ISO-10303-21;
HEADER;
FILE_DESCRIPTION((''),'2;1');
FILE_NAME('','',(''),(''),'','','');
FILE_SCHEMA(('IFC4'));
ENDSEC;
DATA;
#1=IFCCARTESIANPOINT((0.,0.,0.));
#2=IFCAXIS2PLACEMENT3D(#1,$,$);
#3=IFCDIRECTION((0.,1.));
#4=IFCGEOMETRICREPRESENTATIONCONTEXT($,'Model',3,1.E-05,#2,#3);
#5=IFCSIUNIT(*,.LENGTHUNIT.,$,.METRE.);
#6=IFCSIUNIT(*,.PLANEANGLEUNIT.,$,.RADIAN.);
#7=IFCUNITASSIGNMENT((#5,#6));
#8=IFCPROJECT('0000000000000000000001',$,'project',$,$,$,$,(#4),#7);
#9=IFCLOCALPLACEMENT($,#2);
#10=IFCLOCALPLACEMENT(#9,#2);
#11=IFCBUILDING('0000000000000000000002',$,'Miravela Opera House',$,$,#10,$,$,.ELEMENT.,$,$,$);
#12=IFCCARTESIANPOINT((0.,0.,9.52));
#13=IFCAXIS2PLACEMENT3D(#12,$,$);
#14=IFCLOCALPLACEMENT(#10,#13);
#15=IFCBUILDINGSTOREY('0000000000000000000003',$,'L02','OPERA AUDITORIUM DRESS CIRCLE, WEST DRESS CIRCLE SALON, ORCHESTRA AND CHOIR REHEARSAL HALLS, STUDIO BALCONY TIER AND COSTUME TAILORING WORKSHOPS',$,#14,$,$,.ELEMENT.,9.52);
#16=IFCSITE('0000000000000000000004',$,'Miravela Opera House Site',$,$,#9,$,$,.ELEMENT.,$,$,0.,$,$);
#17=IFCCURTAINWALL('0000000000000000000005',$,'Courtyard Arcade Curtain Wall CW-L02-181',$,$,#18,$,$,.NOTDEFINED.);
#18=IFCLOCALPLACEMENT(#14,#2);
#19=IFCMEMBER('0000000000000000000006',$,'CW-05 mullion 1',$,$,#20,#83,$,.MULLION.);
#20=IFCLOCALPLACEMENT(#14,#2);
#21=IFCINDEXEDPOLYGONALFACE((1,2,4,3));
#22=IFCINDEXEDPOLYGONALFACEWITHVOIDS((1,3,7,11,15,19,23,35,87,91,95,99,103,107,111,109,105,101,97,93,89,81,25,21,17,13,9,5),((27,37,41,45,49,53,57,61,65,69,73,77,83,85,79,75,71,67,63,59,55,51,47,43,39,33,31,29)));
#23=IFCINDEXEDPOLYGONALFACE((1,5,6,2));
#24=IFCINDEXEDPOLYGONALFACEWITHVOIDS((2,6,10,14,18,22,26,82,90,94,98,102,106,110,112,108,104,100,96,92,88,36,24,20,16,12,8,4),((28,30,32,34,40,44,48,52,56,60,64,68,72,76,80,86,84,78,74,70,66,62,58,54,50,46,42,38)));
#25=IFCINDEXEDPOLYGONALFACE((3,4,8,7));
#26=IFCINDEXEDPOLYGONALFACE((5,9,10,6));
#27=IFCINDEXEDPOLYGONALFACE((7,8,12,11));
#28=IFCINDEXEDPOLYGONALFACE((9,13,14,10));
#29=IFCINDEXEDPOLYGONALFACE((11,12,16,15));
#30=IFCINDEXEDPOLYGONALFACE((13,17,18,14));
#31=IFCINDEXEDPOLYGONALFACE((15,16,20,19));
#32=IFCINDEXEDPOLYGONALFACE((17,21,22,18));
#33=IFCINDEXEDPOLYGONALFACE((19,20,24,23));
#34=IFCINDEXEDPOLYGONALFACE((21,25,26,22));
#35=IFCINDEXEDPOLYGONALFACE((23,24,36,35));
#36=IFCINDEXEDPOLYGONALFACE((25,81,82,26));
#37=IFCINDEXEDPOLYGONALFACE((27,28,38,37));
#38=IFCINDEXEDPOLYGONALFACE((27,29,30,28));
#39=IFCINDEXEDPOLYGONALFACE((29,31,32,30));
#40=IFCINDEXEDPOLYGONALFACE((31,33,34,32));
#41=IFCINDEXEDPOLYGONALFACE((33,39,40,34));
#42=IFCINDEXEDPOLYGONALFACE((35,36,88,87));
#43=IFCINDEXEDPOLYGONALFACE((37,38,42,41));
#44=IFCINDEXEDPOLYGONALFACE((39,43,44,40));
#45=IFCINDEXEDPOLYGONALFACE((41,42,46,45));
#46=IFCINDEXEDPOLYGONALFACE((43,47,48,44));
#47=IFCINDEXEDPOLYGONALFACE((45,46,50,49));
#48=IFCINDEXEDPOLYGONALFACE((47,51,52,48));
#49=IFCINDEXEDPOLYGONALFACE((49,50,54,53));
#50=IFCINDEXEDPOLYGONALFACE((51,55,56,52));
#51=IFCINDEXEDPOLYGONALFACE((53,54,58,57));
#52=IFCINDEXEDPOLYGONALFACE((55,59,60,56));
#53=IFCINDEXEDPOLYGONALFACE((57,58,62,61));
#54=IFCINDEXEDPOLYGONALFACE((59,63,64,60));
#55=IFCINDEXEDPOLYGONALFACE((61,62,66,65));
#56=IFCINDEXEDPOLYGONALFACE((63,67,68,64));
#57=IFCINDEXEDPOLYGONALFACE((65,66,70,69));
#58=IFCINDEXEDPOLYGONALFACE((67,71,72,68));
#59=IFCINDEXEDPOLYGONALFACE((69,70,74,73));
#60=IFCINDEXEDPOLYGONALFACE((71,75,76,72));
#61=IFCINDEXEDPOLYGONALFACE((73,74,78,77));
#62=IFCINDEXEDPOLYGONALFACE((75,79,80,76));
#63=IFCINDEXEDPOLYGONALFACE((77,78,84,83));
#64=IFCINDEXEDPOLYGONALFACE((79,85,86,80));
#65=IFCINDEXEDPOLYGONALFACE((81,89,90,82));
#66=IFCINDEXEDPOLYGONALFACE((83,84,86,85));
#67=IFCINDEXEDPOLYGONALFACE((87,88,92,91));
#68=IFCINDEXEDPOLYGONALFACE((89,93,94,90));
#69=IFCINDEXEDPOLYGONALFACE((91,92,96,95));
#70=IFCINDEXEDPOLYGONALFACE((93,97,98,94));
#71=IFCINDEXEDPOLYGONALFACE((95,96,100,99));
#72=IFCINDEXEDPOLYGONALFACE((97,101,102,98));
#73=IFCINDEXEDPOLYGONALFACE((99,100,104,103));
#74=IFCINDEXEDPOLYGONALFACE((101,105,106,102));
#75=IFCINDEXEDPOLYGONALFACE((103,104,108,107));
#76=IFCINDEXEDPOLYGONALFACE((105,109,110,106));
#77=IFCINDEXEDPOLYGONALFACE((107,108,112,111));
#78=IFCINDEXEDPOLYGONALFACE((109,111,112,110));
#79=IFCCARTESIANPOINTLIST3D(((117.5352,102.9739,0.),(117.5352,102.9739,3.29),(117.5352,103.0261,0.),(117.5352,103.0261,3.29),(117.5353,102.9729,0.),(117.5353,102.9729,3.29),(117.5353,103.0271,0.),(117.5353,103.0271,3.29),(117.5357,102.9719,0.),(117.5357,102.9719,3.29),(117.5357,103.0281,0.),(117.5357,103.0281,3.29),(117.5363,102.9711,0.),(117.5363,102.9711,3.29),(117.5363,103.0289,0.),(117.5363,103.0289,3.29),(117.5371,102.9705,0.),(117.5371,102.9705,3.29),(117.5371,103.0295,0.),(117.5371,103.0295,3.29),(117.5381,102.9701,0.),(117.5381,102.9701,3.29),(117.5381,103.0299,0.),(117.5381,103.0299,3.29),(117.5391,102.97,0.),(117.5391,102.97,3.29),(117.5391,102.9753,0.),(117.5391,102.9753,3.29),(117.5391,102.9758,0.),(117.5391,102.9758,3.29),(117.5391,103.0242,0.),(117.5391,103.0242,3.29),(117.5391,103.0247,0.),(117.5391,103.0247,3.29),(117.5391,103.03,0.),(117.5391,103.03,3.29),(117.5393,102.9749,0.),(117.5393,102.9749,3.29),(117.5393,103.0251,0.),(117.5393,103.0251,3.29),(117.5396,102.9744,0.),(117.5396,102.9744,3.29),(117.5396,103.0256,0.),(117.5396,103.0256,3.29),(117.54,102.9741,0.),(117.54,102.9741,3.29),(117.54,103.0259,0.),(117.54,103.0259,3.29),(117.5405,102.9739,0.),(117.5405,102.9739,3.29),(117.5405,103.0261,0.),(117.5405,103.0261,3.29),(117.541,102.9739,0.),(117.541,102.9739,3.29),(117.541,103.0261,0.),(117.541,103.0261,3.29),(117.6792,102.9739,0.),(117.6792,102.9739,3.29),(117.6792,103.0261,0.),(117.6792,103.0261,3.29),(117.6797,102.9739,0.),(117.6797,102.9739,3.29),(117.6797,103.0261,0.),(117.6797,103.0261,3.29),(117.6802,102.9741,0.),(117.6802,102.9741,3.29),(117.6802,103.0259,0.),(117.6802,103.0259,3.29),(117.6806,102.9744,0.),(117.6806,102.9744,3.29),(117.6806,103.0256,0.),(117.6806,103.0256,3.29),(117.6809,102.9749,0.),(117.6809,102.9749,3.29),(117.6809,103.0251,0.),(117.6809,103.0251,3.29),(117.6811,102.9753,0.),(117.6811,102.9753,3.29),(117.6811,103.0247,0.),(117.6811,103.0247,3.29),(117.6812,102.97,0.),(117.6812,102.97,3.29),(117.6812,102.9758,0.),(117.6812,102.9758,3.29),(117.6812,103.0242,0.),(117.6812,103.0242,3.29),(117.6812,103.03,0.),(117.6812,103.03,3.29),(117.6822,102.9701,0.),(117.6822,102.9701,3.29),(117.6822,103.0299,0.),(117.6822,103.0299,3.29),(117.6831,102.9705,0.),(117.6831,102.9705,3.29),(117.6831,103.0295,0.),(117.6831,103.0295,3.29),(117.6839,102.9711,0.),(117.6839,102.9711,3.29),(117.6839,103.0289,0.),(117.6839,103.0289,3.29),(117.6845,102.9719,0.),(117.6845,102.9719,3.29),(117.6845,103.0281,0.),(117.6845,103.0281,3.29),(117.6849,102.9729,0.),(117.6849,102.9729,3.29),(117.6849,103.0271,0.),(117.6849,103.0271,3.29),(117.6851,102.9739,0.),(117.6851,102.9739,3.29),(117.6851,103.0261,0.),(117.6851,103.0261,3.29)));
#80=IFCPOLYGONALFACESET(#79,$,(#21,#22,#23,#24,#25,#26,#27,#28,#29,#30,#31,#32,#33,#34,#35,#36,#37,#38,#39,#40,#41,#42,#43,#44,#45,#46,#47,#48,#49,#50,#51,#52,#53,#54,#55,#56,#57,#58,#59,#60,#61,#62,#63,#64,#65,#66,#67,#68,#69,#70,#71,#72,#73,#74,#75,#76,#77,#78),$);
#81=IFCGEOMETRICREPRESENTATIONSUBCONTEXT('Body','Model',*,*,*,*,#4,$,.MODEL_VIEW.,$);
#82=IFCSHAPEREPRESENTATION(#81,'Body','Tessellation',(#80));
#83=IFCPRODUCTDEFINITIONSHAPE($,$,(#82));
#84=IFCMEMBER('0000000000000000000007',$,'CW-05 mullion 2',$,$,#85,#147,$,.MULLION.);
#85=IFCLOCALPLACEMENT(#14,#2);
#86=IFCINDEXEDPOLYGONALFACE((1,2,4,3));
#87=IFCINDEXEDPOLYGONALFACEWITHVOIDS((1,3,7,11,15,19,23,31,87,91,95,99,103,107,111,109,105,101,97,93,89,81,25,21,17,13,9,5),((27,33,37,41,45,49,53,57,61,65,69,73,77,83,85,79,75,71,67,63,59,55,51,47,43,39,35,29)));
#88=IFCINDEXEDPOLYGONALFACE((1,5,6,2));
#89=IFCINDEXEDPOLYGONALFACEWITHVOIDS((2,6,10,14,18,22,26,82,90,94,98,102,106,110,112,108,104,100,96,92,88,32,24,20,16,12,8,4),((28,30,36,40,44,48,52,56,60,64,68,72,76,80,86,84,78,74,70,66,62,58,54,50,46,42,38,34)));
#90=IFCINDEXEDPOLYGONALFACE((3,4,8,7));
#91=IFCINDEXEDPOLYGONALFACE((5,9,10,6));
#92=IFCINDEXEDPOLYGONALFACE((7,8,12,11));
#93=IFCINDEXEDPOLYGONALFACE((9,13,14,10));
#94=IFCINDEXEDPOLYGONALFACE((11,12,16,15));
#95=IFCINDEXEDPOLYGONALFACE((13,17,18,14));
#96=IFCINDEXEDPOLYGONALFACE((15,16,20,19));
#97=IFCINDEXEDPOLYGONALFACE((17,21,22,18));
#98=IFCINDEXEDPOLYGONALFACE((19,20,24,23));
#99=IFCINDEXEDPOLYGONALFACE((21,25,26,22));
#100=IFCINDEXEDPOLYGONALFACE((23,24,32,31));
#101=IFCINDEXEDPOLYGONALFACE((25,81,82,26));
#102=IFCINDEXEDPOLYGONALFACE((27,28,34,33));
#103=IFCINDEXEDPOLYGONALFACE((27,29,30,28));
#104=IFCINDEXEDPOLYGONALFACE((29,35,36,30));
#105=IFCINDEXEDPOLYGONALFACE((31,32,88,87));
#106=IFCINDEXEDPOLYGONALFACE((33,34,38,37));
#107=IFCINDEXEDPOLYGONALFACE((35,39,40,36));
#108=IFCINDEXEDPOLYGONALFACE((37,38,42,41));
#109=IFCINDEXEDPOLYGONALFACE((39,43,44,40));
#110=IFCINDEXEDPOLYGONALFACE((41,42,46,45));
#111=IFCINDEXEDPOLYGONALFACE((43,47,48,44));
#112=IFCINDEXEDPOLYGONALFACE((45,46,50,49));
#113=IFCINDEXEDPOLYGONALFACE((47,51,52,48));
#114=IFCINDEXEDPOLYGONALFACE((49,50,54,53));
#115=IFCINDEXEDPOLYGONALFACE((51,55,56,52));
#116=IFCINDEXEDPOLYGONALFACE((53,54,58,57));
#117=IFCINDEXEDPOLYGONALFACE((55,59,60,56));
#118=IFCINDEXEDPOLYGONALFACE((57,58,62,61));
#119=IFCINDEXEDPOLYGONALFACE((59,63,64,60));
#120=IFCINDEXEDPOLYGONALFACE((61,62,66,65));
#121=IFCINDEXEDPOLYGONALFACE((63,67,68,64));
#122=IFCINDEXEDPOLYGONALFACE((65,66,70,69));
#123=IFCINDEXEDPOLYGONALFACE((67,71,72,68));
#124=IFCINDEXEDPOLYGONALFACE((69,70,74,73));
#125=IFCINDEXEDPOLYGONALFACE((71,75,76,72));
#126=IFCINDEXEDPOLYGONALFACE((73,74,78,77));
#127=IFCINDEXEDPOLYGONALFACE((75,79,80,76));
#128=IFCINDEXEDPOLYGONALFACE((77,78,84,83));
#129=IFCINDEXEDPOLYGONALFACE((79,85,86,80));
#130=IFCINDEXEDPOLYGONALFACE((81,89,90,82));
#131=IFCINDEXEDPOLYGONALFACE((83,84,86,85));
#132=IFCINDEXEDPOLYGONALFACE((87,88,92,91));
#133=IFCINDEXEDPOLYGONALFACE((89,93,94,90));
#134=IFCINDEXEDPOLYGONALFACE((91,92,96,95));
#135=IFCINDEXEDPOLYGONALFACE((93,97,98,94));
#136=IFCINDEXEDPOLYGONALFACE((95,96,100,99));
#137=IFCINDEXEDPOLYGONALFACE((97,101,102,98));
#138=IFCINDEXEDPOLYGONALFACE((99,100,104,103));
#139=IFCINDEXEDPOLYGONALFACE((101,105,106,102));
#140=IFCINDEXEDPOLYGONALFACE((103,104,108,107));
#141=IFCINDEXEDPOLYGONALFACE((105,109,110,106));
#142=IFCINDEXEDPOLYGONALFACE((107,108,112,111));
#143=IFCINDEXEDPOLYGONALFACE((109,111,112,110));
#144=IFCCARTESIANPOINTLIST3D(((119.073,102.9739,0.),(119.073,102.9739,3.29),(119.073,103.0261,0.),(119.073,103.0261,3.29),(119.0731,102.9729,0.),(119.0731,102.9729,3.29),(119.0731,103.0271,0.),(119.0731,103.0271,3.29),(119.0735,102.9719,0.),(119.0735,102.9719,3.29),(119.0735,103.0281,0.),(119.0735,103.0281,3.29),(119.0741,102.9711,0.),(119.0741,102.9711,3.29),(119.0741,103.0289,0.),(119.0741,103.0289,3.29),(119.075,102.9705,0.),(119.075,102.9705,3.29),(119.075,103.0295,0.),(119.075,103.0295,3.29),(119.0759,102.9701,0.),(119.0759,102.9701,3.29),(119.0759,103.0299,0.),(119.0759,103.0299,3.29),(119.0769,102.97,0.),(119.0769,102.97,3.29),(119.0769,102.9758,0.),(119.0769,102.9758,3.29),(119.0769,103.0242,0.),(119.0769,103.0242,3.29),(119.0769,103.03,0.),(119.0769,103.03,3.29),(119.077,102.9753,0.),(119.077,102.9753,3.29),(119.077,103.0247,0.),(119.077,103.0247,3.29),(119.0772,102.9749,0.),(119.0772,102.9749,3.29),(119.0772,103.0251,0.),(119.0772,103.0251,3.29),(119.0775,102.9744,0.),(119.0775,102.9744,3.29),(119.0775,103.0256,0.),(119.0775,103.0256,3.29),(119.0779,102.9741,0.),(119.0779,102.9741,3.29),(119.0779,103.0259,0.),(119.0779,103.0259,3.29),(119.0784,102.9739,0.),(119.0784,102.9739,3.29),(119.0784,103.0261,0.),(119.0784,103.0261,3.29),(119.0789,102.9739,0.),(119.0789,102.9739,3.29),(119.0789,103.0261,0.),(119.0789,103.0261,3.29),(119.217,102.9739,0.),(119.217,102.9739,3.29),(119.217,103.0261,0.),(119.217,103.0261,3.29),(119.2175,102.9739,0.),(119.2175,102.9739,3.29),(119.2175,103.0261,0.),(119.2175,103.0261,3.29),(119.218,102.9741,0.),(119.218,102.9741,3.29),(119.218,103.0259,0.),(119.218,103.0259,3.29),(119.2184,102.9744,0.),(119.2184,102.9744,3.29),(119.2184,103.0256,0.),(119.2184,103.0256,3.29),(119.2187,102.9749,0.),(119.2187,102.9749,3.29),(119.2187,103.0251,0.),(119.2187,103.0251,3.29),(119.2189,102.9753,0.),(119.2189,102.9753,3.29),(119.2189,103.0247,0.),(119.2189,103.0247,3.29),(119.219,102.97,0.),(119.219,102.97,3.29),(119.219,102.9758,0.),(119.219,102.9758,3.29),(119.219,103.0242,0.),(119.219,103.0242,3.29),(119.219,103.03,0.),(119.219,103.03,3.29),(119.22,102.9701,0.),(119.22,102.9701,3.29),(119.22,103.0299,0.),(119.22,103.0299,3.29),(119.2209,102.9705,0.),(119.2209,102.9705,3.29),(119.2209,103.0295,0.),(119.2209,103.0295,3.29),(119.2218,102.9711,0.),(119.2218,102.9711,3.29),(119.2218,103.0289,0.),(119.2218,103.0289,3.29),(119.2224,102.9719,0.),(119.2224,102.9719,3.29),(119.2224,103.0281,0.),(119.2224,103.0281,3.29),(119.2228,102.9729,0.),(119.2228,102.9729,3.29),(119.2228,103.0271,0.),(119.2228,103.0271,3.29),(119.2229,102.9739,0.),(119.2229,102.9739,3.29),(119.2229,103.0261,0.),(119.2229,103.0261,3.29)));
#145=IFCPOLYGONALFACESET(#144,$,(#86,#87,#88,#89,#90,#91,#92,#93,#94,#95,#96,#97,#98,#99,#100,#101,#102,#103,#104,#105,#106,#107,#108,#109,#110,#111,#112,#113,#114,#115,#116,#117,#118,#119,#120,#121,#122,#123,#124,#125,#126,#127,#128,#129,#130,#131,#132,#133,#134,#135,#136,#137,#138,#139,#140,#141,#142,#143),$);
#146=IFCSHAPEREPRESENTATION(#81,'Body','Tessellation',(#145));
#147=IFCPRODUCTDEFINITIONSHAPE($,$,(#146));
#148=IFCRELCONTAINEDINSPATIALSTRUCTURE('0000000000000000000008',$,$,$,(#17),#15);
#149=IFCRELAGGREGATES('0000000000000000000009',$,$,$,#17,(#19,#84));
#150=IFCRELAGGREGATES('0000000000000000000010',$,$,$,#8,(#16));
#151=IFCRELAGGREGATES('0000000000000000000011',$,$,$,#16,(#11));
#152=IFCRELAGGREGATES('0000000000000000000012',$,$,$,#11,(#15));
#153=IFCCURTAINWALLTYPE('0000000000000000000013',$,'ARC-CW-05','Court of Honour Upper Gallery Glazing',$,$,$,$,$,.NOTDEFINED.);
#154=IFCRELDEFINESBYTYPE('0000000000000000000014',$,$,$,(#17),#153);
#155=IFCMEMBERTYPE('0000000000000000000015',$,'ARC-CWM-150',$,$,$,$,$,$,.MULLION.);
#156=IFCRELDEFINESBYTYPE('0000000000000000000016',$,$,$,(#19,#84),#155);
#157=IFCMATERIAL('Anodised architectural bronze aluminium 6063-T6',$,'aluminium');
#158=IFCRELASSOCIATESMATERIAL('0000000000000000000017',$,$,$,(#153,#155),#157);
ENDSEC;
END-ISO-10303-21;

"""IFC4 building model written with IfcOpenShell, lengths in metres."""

from ifc_helpers import new_model, si_unit, direction, frame, origin, origin_2d, place, context, subcontext, project, spatial, hollow_rectangle, extrude, material, material_profile, profile_set, type_object, element, aggregate, save


model = new_model("IFC4")

# Units and contexts
model_context = context("Model", 3, precision=1e-05, world=origin(), true_north=direction((0.0, 1.0)))
body_context = subcontext(model_context, "Body", "Model", "MODEL_VIEW")
ifc_project = project(units=[si_unit("LENGTHUNIT", "METRE"), si_unit("PLANEANGLEUNIT", "RADIAN")], contexts=[model_context])

# Site, building, storey
site_placement = place(None, origin())
site = spatial("IfcSite", under=ifc_project, at=site_placement, Name="Miravela Opera House Site", CompositionType="ELEMENT", RefElevation=0.0)
building_placement = place(site_placement, origin())
building = spatial("IfcBuilding", under=site, at=building_placement, Name="Miravela Opera House", CompositionType="ELEMENT")
storey_placement = place(building_placement, frame((0.0, 0.0, 9.52)))
storey = spatial("IfcBuildingStorey", under=building, at=storey_placement, Name="L02", Description="OPERA AUDITORIUM DRESS CIRCLE, WEST DRESS CIRCLE SALON, ORCHESTRA AND CHOIR REHEARSAL HALLS, STUDIO BALCONY TIER AND COSTUME TAILORING WORKSHOPS", CompositionType="ELEMENT", Elevation=9.52)

# Curtain wall, members
ifc_material_1 = material(Name="Anodised architectural bronze aluminium 6063-T6", Category="aluminium")
curtain_wall_type = type_object("IfcCurtainWallType", Name="ARC-CW-05", Description="Court of Honour Upper Gallery Glazing", PredefinedType="NOTDEFINED", material=ifc_material_1)
curtain_wall_placement = place(storey_placement, origin())
curtain_wall = element("IfcCurtainWall", 1, at=curtain_wall_placement, inside=storey, type_object=curtain_wall_type, Name="Courtyard Arcade Curtain Wall CW-L02-181", PredefinedType="NOTDEFINED")
ifc_material_profile_1 = material_profile(ifc_material_1, hollow_rectangle(XDim=0.0601, YDim=0.1499, WallThickness=0.0039, InnerFilletRadius=0.002, OuterFilletRadius=0.0039, at=origin_2d()), Name="CWM-60X150")
ifc_profile_set_1 = profile_set([ifc_material_profile_1])
member_type_1 = type_object("IfcMemberType", Name="ARC-CWM-150", PredefinedType="MULLION", material=ifc_profile_set_1)
member_1_placement = place(storey_placement, frame((117.6101, 103.0, 0.0), z_axis=(0.0, 0.0, 1.0), x_axis=(0.0, 1.0, 0.0)))
member_1 = element("IfcMember", 2, at=member_1_placement, type_object=member_type_1, Name="CW-05 mullion 1", PredefinedType="MULLION", context=body_context, shape_type="SweptSolid", body=[
    extrude(hollow_rectangle(XDim=0.0601, YDim=0.1499, WallThickness=0.0039, InnerFilletRadius=0.002, OuterFilletRadius=0.0039, at=origin_2d()), origin(), (0.0, 0.0, 1.0), 3.29),
])
member_2_placement = place(storey_placement, frame((119.1479, 103.0, 0.0), z_axis=(0.0, 0.0, 1.0), x_axis=(0.0, 1.0, 0.0)))
member_2 = element("IfcMember", 3, at=member_2_placement, type_object=member_type_1, Name="CW-05 mullion 2", PredefinedType="MULLION", context=body_context, shape_type="SweptSolid", body=[
    extrude(hollow_rectangle(XDim=0.0601, YDim=0.1499, WallThickness=0.0039, InnerFilletRadius=0.002, OuterFilletRadius=0.0039, at=origin_2d()), origin(), (0.0, 0.0, 1.0), 3.29),
])

aggregate(curtain_wall, [member_1, member_2])

save(model, "model.ifc")
